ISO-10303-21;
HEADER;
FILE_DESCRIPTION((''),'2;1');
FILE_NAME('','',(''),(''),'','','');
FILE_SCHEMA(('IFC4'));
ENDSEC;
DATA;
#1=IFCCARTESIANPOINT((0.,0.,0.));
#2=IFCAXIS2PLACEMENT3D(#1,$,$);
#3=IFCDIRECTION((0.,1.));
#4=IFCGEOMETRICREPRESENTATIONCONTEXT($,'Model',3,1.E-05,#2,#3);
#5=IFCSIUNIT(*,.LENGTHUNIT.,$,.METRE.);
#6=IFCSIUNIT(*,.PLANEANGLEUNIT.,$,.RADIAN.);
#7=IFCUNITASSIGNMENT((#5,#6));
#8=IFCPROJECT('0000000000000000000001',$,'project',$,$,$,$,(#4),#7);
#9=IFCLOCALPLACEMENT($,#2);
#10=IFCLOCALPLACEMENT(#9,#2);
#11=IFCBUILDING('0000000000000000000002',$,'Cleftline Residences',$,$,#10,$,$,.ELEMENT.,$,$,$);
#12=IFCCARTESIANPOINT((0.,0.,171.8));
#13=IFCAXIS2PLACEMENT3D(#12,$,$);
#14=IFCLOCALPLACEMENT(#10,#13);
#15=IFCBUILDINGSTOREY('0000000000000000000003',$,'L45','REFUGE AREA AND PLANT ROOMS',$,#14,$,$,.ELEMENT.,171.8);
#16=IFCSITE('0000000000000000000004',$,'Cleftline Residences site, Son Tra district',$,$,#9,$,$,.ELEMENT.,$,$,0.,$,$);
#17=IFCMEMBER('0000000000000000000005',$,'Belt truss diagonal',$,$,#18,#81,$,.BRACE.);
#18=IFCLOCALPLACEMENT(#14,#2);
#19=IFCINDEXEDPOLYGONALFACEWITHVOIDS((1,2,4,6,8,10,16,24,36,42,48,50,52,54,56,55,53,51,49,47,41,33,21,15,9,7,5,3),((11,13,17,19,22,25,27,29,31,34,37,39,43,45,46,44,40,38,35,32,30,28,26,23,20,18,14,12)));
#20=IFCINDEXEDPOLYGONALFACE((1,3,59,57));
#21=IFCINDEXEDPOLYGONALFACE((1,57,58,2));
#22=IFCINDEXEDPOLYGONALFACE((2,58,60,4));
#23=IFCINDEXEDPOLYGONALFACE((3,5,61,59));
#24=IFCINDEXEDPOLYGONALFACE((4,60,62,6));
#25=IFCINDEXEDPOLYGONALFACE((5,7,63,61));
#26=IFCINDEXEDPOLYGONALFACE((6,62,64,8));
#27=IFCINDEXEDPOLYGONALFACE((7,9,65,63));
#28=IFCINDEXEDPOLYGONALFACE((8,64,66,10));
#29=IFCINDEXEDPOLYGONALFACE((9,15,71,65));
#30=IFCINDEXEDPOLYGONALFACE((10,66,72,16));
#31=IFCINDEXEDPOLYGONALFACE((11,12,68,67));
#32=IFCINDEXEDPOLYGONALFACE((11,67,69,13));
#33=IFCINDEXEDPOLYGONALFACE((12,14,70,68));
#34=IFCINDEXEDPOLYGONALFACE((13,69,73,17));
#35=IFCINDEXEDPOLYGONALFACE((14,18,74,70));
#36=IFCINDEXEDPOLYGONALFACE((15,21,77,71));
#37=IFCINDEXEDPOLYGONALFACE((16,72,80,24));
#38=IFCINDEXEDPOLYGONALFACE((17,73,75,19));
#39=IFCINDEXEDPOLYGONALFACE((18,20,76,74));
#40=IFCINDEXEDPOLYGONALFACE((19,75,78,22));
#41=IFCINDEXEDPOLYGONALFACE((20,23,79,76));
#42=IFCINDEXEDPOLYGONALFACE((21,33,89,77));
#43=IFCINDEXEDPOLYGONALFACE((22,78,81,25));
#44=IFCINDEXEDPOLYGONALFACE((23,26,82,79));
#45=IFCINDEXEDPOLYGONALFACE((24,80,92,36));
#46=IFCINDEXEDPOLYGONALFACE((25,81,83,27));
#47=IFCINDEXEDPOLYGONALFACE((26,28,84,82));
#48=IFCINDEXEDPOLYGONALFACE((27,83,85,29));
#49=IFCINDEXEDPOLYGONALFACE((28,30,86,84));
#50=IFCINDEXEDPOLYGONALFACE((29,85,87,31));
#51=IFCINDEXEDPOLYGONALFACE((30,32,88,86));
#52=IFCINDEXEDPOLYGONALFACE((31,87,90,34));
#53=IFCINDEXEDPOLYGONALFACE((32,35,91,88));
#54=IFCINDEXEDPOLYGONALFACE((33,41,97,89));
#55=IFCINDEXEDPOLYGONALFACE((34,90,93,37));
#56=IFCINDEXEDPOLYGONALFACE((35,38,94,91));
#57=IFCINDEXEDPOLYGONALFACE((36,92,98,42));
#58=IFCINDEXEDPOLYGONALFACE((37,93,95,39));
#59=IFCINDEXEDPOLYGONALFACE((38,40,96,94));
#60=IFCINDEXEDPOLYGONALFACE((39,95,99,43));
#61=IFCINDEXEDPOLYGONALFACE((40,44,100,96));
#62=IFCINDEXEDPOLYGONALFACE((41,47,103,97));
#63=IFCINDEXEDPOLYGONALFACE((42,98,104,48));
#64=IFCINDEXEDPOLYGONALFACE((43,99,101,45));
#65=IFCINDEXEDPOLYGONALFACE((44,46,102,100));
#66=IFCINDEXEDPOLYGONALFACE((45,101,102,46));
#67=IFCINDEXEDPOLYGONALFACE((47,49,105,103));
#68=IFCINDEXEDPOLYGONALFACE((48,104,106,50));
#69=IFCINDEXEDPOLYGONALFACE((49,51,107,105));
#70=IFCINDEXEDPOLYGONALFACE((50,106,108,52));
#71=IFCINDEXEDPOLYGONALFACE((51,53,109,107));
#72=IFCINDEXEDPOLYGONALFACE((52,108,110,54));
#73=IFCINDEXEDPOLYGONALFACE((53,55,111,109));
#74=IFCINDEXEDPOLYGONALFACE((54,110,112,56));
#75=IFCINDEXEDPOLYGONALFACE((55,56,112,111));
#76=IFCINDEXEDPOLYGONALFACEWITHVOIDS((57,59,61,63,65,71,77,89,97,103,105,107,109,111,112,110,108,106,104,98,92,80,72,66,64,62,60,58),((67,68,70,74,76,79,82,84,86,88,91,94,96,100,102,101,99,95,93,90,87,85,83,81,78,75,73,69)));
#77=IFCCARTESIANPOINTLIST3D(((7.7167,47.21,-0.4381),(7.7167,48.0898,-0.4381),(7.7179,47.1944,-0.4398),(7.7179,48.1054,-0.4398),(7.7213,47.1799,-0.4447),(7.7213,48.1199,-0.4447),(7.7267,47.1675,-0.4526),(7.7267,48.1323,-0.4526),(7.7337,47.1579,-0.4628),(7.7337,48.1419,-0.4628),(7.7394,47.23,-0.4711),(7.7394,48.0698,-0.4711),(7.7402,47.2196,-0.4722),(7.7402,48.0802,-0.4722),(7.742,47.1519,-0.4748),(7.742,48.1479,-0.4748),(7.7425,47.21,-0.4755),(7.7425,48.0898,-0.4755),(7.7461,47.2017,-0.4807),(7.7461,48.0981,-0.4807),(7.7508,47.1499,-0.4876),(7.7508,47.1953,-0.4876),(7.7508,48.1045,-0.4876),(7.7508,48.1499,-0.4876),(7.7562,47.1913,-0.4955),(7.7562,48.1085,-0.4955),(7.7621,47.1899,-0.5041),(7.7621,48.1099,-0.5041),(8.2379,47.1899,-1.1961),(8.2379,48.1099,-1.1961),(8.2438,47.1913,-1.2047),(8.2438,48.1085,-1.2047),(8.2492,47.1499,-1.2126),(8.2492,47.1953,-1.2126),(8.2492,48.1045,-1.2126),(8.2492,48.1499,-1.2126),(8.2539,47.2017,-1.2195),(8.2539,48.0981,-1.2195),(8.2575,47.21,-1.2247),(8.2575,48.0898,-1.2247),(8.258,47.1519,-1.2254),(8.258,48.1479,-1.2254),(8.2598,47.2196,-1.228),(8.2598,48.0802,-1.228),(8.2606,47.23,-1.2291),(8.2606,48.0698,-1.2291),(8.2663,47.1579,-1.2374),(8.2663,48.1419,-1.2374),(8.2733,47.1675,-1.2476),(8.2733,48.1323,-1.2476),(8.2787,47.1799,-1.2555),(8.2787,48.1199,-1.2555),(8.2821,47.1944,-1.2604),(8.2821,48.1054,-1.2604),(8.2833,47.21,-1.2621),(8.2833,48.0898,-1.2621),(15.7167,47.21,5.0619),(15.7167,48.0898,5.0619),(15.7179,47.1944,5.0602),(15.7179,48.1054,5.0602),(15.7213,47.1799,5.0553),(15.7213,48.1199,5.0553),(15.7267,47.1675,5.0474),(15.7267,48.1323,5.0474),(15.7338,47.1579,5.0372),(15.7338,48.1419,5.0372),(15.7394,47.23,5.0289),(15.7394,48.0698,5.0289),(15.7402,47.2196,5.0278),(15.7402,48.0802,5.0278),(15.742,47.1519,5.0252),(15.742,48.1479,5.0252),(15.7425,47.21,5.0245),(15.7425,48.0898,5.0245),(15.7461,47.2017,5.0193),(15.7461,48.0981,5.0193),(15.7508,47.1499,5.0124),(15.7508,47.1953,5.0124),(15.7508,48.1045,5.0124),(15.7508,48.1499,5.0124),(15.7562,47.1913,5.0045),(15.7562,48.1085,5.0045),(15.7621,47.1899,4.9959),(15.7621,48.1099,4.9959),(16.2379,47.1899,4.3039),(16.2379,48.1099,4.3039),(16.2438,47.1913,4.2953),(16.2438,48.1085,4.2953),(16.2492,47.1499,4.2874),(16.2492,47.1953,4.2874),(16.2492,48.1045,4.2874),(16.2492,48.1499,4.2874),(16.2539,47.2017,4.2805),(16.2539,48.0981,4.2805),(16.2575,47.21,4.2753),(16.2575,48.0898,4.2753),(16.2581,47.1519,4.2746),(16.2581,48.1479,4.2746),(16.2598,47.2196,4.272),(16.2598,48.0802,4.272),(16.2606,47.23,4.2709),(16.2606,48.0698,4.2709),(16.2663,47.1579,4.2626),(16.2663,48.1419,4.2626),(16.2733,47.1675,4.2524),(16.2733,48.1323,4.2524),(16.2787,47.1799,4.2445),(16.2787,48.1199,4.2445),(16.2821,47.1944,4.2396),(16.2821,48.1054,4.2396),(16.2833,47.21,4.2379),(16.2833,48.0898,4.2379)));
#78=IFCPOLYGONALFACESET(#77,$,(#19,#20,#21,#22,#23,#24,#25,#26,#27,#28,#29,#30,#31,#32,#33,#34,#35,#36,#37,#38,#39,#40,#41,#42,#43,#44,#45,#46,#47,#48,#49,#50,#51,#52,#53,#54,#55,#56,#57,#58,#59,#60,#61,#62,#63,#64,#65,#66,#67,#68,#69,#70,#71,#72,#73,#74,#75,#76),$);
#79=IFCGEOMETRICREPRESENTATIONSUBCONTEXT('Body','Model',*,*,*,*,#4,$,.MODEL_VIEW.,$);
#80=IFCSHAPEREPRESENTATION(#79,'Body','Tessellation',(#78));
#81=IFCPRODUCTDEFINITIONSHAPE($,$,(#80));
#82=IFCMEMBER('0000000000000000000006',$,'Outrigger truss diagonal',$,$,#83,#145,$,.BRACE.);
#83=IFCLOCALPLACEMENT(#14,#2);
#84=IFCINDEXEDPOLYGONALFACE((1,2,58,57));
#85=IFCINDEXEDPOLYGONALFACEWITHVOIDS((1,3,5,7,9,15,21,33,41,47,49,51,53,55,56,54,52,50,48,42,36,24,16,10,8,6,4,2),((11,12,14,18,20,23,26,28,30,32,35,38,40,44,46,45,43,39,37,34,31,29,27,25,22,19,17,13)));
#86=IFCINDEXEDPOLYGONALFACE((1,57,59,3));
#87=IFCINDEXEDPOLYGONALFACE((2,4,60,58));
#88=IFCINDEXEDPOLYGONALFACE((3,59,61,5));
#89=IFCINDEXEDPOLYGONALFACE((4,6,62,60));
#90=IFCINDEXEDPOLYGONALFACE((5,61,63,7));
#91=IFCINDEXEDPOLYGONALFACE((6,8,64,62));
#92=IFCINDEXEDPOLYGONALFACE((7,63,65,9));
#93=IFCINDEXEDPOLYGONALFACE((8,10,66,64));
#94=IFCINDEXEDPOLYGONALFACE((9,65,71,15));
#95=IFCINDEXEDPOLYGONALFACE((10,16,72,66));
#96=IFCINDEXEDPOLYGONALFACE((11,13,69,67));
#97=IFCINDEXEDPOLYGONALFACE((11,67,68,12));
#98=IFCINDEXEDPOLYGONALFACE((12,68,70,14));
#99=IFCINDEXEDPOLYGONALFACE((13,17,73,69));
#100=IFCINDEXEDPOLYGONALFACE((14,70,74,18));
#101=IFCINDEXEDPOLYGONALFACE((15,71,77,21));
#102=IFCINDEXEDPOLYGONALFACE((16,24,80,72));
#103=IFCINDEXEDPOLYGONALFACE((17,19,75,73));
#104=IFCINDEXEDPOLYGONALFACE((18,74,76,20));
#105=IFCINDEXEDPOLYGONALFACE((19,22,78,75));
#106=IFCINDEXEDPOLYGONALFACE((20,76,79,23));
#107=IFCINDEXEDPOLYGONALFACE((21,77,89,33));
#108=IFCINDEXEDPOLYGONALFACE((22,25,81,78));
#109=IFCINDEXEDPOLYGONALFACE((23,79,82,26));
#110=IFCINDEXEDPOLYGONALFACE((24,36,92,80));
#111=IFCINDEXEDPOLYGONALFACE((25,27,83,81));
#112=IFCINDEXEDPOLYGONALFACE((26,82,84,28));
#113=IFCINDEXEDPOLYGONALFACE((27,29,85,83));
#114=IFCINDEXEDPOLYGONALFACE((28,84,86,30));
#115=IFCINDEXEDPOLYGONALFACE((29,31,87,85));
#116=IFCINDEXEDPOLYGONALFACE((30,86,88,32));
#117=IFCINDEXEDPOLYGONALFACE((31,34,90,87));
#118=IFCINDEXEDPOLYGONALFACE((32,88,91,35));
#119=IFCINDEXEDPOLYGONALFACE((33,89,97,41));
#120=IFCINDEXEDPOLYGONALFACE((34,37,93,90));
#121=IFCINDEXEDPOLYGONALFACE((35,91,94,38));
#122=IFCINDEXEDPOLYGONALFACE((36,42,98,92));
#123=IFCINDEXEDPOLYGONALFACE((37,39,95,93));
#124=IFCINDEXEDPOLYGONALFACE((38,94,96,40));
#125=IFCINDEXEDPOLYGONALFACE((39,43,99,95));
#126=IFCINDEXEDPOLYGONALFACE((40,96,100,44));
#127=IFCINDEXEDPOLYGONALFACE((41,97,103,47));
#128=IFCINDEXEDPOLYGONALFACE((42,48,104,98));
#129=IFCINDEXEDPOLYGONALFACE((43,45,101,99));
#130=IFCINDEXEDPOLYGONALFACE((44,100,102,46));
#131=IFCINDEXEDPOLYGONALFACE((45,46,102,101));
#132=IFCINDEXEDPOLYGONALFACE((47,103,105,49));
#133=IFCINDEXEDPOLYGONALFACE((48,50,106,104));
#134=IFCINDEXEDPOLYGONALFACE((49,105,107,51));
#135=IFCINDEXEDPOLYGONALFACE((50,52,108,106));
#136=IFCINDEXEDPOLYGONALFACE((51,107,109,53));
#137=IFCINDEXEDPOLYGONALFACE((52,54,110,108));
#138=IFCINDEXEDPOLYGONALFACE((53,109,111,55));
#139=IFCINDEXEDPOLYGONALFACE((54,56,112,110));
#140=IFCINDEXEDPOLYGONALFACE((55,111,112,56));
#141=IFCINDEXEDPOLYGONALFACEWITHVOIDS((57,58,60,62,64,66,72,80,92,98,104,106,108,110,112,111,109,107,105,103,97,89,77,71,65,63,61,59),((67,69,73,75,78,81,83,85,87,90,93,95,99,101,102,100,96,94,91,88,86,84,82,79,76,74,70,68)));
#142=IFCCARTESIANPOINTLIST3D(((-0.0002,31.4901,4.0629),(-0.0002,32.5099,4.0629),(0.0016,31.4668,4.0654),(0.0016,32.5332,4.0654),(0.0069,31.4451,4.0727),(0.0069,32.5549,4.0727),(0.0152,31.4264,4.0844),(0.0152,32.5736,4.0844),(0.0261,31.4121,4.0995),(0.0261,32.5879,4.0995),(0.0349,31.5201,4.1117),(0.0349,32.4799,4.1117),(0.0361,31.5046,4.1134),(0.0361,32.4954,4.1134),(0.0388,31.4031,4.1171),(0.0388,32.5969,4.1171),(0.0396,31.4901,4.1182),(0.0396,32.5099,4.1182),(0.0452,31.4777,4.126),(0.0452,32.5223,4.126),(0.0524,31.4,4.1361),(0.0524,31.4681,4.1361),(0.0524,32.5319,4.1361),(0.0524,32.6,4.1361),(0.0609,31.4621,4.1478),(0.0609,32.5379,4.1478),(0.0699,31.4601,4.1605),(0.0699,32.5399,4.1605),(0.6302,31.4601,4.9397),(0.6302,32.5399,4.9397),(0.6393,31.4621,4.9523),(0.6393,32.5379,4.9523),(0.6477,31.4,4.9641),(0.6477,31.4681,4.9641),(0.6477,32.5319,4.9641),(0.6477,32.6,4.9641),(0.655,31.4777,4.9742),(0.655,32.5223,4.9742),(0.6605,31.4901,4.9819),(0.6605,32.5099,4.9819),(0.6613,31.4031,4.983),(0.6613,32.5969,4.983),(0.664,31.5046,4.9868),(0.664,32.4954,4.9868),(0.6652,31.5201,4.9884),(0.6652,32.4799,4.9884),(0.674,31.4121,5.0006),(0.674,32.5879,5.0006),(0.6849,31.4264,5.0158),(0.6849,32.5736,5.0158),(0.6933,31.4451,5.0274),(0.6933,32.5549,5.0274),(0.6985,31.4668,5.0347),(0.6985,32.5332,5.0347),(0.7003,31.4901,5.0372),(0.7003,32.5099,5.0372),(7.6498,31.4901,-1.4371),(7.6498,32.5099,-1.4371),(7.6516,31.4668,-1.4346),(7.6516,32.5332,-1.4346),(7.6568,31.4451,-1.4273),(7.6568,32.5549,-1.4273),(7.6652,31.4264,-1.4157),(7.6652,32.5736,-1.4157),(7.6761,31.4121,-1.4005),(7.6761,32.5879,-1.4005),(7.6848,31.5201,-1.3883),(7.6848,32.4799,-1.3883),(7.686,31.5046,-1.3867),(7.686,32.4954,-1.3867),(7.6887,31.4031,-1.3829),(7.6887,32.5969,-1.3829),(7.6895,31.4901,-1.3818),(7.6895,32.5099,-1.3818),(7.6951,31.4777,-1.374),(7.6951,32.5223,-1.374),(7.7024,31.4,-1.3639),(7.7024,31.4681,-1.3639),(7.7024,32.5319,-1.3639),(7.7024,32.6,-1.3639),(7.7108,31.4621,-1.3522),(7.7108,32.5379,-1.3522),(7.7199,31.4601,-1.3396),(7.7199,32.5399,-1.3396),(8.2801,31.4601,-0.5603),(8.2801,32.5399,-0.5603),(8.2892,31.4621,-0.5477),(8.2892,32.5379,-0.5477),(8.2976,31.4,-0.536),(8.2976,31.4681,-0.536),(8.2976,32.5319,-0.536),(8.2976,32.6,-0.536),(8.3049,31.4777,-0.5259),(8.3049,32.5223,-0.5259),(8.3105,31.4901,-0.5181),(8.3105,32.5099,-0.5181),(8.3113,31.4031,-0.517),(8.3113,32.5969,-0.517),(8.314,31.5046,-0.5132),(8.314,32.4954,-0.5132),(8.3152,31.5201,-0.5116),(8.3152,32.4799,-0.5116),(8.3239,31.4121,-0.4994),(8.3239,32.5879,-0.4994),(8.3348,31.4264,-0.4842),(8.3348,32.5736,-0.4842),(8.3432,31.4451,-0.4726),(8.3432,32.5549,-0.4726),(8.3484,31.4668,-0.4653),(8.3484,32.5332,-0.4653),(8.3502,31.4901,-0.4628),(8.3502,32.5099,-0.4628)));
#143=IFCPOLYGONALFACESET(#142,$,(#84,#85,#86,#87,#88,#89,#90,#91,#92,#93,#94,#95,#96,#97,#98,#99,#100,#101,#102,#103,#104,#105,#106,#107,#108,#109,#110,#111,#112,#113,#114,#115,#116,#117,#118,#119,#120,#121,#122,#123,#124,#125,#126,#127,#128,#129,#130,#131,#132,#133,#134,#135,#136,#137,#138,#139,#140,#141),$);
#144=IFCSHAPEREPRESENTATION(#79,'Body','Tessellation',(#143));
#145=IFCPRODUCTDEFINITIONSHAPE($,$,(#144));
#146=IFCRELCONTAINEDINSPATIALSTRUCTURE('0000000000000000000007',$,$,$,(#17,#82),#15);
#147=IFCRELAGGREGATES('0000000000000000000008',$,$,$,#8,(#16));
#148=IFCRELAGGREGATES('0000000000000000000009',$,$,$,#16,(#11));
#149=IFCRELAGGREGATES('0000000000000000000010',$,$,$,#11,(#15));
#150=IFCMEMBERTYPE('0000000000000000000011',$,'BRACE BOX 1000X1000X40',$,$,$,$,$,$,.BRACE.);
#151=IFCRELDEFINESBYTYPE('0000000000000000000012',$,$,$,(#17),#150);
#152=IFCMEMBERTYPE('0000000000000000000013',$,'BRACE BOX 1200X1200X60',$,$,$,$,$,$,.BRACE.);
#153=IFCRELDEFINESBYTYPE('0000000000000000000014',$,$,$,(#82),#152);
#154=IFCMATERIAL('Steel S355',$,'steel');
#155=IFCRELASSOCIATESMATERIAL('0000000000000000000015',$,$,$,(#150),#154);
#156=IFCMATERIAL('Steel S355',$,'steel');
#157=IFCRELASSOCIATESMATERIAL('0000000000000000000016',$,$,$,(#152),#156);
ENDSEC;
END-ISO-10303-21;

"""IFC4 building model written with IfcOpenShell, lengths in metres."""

from ifc_helpers import new_model, si_unit, direction, frame, origin, origin_2d, place, context, subcontext, project, spatial, hollow_rectangle, extrude, material, material_profile, profile_set, type_object, element, save


model = new_model("IFC4")

# Units and contexts
model_context = context("Model", 3, precision=1e-05, world=origin(), true_north=direction((0.0, 1.0)))
body_context = subcontext(model_context, "Body", "Model", "MODEL_VIEW")
ifc_project = project(units=[si_unit("LENGTHUNIT", "METRE"), si_unit("PLANEANGLEUNIT", "RADIAN")], contexts=[model_context])

# Site, building, storey
site_placement = place(None, origin())
site = spatial("IfcSite", under=ifc_project, at=site_placement, Name="Cleftline Residences site, Son Tra district", CompositionType="ELEMENT", RefElevation=0.0)
building_placement = place(site_placement, origin())
building = spatial("IfcBuilding", under=site, at=building_placement, Name="Cleftline Residences", CompositionType="ELEMENT")
storey_placement = place(building_placement, frame((0.0, 0.0, 171.8)))
storey = spatial("IfcBuildingStorey", under=building, at=storey_placement, Name="L45", Description="REFUGE AREA AND PLANT ROOMS", CompositionType="ELEMENT", Elevation=171.8)

# Members
ifc_material_1 = material(Name="Steel S355", Category="steel")
ifc_material_profile_1 = material_profile(ifc_material_1, hollow_rectangle(XDim=1.0, YDim=1.0, WallThickness=0.04, InnerFilletRadius=0.04, OuterFilletRadius=0.0601, at=origin_2d()))
ifc_profile_set_1 = profile_set([ifc_material_profile_1], Name="Steel S355")
member_type_1 = type_object("IfcMemberType", Name="BRACE BOX 1000X1000X40", PredefinedType="BRACE", material=ifc_profile_set_1)
member_1_placement = place(storey_placement, frame((8.0, 47.6499, -0.8501), z_axis=(0.824042, 0.0, 0.566529), x_axis=(-0.566529, 0.0, 0.824042)))
element("IfcMember", 1, at=member_1_placement, inside=storey, type_object=member_type_1, Name="Belt truss diagonal", PredefinedType="BRACE", context=body_context, shape_type="SweptSolid", body=[
    extrude(hollow_rectangle(XDim=1.0, YDim=1.0, WallThickness=0.04, InnerFilletRadius=0.04, OuterFilletRadius=0.0601, at=origin_2d()), origin(), (0.0, 0.0, 1.0), 9.7083),
])
ifc_material_2 = material(Name="Steel S355", Category="steel")
ifc_material_profile_2 = material_profile(ifc_material_2, hollow_rectangle(XDim=1.2, YDim=1.2, WallThickness=0.0601, InnerFilletRadius=0.0601, OuterFilletRadius=0.0901, at=origin_2d()))
ifc_profile_set_2 = profile_set([ifc_material_profile_2], Name="Steel S355")
member_type_2 = type_object("IfcMemberType", Name="BRACE BOX 1200X1200X60", PredefinedType="BRACE", material=ifc_profile_set_2)
member_2_placement = place(storey_placement, frame((8.0, 32.0, -0.95), z_axis=(-0.811933, 0.0, 0.58375), x_axis=(0.58375, 0.0, 0.811933)))
element("IfcMember", 2, at=member_2_placement, inside=storey, type_object=member_type_2, Name="Outrigger truss diagonal", PredefinedType="BRACE", context=body_context, shape_type="SweptSolid", body=[
    extrude(hollow_rectangle(XDim=1.2, YDim=1.2, WallThickness=0.0601, InnerFilletRadius=0.0601, OuterFilletRadius=0.0901, at=origin_2d()), origin(), (0.0, 0.0, 1.0), 9.4219),
])

save(model, "model.ifc")
